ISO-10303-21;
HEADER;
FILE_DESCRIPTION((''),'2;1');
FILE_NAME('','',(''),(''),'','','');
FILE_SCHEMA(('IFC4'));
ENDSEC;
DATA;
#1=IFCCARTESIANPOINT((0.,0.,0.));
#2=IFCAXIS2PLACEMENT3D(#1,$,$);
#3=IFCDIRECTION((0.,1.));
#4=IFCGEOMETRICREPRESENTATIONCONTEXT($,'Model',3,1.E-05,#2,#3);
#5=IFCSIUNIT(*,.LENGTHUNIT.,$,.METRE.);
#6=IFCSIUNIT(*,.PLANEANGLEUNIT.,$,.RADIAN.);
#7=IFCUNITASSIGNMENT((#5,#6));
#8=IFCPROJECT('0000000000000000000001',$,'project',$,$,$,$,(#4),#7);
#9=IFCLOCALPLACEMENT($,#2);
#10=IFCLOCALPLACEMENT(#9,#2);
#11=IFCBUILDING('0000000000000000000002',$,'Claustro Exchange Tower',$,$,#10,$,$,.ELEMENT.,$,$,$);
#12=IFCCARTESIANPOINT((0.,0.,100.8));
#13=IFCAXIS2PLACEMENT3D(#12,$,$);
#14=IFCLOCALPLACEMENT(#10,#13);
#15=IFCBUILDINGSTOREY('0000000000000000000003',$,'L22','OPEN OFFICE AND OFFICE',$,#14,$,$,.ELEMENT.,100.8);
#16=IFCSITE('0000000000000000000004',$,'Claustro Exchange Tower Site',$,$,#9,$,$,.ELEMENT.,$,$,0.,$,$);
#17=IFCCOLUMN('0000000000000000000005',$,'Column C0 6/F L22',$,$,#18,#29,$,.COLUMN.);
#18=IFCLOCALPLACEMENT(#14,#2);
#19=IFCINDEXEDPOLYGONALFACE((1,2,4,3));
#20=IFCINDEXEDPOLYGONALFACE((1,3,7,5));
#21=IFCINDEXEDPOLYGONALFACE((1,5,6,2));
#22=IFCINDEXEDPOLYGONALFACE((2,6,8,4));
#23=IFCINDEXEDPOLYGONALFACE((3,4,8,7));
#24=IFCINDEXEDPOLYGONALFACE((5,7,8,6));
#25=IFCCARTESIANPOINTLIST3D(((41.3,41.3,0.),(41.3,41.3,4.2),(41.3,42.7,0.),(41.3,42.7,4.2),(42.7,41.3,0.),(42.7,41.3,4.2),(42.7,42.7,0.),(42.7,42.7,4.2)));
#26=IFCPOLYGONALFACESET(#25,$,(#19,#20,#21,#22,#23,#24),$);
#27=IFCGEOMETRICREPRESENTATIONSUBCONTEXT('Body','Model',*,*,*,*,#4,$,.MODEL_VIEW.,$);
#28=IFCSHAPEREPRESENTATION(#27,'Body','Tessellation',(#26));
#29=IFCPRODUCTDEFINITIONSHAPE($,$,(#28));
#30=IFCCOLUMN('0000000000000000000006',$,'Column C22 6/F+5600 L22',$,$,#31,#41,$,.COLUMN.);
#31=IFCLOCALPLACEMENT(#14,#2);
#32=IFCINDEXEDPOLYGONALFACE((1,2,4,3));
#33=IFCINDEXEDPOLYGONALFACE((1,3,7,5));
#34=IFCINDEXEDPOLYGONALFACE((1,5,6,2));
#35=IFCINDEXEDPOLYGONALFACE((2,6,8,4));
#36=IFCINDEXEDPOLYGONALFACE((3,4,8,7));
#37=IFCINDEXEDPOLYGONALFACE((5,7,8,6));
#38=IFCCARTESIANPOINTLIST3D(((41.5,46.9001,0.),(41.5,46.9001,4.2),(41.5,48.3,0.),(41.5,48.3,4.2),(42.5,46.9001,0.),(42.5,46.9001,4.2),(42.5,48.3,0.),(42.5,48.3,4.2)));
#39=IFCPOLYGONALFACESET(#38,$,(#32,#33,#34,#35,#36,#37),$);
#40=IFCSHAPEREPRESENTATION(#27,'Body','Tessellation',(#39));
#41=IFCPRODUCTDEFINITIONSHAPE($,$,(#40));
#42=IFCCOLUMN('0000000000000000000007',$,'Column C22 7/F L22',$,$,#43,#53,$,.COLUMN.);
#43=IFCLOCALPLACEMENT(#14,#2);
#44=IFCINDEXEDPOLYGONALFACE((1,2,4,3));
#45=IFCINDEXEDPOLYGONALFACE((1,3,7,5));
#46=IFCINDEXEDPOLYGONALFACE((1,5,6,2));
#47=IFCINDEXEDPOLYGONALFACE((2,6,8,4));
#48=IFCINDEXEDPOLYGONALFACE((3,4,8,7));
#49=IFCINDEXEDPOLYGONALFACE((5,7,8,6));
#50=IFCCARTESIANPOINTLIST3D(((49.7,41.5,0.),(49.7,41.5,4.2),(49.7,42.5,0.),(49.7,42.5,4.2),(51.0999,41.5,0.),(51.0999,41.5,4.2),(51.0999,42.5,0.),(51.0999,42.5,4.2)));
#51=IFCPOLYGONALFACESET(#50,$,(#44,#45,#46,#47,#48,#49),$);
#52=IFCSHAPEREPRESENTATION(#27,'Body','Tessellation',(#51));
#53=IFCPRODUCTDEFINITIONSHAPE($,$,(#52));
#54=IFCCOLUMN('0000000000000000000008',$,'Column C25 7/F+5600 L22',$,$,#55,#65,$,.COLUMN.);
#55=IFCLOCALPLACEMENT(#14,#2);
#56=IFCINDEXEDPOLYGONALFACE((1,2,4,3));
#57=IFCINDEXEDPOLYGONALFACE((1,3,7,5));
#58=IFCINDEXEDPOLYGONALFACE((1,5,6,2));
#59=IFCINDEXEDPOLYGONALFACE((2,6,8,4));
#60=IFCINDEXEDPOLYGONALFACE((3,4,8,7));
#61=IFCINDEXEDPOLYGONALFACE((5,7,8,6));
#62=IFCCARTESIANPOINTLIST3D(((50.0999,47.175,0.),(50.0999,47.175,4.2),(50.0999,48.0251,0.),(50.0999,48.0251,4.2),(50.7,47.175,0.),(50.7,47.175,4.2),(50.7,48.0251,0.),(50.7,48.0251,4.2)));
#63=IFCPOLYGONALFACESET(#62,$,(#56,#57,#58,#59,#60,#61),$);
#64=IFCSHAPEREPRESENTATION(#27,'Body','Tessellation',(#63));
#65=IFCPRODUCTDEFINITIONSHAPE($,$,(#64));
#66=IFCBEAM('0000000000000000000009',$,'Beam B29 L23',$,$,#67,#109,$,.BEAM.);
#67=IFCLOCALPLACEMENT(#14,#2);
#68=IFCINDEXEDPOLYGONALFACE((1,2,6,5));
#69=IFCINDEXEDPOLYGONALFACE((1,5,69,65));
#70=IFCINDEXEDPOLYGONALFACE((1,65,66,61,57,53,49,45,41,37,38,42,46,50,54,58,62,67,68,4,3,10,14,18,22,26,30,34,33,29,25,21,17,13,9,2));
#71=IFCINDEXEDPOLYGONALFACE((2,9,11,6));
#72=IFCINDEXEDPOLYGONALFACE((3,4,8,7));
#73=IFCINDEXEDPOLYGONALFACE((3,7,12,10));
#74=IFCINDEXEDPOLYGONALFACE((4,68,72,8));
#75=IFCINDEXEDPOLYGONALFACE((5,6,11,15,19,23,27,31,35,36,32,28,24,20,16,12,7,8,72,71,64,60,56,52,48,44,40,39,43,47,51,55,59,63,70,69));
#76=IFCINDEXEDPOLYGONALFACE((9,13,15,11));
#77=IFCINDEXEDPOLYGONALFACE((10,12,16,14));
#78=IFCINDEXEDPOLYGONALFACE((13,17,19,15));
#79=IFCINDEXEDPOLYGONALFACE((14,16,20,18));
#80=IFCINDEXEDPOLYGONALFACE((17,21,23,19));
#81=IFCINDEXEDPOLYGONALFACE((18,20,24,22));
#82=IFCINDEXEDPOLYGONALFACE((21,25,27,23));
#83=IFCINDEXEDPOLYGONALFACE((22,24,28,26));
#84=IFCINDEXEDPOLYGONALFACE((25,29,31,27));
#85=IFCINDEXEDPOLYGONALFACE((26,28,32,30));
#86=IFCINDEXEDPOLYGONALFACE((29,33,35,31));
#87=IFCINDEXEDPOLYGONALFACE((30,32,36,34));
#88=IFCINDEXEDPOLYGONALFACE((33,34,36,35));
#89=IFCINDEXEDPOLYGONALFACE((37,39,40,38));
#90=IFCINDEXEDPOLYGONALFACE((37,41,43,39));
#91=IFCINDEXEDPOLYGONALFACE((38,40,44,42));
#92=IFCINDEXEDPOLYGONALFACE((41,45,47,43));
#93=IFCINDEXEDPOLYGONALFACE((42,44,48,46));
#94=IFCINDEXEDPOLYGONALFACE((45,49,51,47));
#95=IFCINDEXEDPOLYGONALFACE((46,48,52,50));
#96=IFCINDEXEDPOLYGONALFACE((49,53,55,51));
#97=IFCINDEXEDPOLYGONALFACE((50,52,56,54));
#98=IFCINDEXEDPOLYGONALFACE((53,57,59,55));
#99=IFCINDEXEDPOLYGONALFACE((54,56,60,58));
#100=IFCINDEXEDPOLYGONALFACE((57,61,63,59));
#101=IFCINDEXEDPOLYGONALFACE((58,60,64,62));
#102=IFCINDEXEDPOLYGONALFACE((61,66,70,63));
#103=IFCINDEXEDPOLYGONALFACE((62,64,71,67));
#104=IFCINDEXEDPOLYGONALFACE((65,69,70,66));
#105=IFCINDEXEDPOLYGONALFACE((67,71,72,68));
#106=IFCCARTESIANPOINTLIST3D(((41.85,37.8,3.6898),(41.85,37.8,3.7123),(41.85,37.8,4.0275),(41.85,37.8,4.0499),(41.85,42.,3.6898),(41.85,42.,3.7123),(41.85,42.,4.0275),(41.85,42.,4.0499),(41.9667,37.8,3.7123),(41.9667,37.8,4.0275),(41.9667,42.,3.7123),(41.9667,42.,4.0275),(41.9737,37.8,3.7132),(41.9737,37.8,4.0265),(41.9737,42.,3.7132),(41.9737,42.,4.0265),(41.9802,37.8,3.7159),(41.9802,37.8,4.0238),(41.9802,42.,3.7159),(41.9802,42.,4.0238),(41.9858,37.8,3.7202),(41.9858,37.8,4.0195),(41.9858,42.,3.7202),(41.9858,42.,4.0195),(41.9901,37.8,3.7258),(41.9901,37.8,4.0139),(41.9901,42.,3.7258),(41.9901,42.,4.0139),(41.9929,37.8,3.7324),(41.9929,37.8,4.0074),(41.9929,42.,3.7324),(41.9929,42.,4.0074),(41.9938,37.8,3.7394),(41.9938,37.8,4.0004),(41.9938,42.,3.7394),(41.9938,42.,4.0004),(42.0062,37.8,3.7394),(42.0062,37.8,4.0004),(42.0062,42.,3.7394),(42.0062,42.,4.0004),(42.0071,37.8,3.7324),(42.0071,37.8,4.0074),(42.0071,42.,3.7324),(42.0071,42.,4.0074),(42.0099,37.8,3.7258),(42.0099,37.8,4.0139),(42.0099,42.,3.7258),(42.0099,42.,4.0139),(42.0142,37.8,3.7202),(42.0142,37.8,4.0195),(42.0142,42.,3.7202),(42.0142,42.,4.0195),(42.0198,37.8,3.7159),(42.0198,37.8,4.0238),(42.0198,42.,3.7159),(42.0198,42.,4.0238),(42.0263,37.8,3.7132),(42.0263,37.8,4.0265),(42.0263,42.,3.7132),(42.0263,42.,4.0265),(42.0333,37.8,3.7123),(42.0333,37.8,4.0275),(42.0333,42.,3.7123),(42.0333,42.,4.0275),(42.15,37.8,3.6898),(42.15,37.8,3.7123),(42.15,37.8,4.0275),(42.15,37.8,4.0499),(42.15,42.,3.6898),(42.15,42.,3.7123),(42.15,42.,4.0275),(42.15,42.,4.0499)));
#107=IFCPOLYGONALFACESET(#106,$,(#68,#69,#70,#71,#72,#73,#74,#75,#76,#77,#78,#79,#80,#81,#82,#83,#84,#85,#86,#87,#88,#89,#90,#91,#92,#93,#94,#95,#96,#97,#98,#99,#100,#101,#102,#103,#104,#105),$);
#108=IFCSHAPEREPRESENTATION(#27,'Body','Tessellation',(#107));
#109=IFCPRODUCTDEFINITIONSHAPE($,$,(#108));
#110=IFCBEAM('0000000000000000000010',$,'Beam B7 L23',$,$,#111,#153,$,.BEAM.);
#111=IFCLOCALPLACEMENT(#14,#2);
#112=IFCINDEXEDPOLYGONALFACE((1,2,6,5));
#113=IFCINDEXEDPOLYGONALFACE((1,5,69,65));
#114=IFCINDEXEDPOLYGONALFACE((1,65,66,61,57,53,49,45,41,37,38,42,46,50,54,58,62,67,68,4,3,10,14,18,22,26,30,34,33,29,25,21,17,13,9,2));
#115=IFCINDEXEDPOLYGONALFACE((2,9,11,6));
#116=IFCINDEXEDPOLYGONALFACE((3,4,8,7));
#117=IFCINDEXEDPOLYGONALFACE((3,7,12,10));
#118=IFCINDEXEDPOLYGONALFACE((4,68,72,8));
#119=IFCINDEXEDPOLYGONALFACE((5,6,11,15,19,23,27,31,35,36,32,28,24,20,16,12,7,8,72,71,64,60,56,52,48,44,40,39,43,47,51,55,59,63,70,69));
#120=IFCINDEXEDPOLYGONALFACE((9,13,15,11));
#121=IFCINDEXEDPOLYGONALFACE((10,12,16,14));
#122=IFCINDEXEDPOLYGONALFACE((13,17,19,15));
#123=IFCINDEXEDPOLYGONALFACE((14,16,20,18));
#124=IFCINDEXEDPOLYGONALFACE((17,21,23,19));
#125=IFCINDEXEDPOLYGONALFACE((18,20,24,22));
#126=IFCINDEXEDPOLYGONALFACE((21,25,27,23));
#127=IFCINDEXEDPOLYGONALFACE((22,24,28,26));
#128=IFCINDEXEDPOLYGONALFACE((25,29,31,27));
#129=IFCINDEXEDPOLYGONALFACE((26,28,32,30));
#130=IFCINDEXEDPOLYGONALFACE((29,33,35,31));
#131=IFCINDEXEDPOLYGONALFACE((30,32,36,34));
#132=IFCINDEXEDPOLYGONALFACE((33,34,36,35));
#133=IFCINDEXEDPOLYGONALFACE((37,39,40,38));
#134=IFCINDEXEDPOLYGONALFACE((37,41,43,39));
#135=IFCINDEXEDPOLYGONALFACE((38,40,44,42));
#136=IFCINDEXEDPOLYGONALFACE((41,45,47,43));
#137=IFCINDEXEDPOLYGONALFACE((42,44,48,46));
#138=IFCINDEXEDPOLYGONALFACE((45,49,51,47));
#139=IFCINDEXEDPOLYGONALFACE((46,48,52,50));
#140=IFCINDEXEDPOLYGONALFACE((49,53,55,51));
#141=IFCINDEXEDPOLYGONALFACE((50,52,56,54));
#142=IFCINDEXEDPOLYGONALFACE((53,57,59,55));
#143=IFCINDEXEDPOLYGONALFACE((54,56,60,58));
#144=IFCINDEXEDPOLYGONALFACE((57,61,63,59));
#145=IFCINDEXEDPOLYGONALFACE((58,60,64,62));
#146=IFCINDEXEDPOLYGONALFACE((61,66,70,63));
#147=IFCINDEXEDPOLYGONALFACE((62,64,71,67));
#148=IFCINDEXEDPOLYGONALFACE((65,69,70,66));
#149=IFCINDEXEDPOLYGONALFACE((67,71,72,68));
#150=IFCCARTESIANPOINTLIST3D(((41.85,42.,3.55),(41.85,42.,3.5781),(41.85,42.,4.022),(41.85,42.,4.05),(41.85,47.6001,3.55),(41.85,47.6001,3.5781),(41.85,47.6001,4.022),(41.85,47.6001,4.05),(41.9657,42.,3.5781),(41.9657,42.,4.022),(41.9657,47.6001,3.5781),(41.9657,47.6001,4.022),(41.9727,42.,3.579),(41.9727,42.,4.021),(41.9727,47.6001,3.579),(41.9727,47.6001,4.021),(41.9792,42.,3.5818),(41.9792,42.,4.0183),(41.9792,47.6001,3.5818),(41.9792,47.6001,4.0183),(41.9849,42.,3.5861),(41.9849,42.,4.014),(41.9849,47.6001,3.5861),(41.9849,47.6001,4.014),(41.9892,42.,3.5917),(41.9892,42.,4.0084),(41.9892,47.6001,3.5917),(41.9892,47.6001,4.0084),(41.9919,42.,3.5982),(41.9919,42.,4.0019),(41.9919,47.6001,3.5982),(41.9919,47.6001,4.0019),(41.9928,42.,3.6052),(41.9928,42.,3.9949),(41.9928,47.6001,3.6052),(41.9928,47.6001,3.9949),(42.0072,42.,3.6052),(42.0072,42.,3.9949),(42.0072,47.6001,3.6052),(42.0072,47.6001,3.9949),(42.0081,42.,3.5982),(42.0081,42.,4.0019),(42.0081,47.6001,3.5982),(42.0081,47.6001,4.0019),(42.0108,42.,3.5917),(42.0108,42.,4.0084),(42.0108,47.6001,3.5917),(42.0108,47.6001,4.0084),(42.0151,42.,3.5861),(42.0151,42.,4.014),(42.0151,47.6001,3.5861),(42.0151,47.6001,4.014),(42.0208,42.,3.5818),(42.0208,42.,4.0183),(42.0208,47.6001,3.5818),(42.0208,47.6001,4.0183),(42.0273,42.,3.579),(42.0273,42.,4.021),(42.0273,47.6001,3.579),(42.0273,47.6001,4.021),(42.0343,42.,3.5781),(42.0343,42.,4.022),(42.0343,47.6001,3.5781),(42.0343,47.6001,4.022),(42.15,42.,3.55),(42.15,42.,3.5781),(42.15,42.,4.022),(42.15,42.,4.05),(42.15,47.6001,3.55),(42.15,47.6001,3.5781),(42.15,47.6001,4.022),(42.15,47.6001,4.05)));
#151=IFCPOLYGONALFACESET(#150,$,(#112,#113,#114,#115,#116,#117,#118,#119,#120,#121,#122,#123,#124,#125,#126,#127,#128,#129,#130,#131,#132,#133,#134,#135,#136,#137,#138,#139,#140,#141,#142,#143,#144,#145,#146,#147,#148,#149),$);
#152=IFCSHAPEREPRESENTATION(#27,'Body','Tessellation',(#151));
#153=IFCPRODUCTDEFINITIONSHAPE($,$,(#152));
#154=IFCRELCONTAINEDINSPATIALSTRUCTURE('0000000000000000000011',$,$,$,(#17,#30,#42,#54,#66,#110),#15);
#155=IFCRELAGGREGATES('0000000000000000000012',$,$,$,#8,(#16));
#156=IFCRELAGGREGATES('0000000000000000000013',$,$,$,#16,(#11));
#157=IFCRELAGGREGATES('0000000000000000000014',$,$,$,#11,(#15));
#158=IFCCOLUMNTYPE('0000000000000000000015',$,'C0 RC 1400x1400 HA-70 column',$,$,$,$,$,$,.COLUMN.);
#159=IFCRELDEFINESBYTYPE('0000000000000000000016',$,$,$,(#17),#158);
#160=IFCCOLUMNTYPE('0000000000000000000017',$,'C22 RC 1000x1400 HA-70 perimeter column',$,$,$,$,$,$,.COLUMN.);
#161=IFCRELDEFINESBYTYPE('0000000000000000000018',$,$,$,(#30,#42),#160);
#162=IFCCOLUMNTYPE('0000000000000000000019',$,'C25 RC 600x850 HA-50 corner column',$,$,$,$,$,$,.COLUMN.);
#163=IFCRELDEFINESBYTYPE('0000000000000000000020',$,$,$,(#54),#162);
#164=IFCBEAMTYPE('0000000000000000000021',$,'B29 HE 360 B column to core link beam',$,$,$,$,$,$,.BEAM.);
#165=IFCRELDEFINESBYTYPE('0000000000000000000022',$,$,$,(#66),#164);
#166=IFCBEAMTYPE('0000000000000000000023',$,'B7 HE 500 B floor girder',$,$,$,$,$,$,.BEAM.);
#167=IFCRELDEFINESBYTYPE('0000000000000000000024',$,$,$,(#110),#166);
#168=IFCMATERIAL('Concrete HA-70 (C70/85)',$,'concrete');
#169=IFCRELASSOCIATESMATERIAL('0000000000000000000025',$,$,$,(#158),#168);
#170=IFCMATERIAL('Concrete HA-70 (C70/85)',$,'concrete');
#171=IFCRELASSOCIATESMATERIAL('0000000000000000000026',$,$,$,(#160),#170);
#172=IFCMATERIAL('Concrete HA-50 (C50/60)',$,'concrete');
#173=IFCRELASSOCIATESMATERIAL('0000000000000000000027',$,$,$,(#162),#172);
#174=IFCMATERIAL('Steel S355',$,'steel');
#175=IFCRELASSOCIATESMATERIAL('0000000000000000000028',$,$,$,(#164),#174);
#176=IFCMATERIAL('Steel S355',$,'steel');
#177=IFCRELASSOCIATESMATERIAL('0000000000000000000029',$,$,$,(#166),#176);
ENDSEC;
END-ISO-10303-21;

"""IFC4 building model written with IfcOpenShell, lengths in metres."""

from ifc_helpers import new_model, si_unit, direction, frame, origin, origin_2d, place, context, subcontext, project, spatial, rectangle, i_section, extrude, material, material_profile, profile_set, type_object, element, save


model = new_model("IFC4")

# Units and contexts
model_context = context("Model", 3, precision=1e-05, world=origin(), true_north=direction((0.0, 1.0)))
body_context = subcontext(model_context, "Body", "Model", "MODEL_VIEW")
ifc_project = project(units=[si_unit("LENGTHUNIT", "METRE"), si_unit("PLANEANGLEUNIT", "RADIAN")], contexts=[model_context])

# Site, building, storey
site_placement = place(None, origin())
site = spatial("IfcSite", under=ifc_project, at=site_placement, Name="Claustro Exchange Tower Site", CompositionType="ELEMENT", RefElevation=0.0)
building_placement = place(site_placement, origin())
building = spatial("IfcBuilding", under=site, at=building_placement, Name="Claustro Exchange Tower", CompositionType="ELEMENT")
storey_placement = place(building_placement, frame((0.0, 0.0, 100.8)))
storey = spatial("IfcBuildingStorey", under=building, at=storey_placement, Name="L22", Description="OPEN OFFICE AND OFFICE", CompositionType="ELEMENT", Elevation=100.8)

# Columns
ifc_material_1 = material(Name="Concrete HA-70 (C70/85)", Category="concrete")
ifc_material_profile_1 = material_profile(ifc_material_1, rectangle(XDim=1.3999, YDim=1.3999, at=origin_2d()), Name="RC 1400x1400")
ifc_profile_set_1 = profile_set([ifc_material_profile_1], Name="Concrete HA-70 (C70/85)")
column_type_1 = type_object("IfcColumnType", Name="C0 RC 1400x1400 HA-70 column", PredefinedType="COLUMN", material=ifc_profile_set_1)
column_1_placement = place(storey_placement, frame((42.0, 42.0, 0.0), z_axis=(0.0, 0.0, 1.0), x_axis=(1.0, 0.0, 0.0)))
element("IfcColumn", 1, at=column_1_placement, inside=storey, type_object=column_type_1, Name="Column C0 6/F L22", PredefinedType="COLUMN", context=body_context, shape_type="SweptSolid", body=[
    extrude(rectangle(XDim=1.3999, YDim=1.3999, at=origin_2d()), origin(), (0.0, 0.0, 1.0), 4.2),
])
ifc_material_2 = material(Name="Concrete HA-70 (C70/85)", Category="concrete")
ifc_material_profile_2 = material_profile(ifc_material_2, rectangle(XDim=1.0, YDim=1.3999, at=origin_2d()), Name="RC 1000x1400")
ifc_profile_set_2 = profile_set([ifc_material_profile_2], Name="Concrete HA-70 (C70/85)")
column_type_2 = type_object("IfcColumnType", Name="C22 RC 1000x1400 HA-70 perimeter column", PredefinedType="COLUMN", material=ifc_profile_set_2)
for number, where, z_axis, x_axis, name in (
    (2, (42.0, 47.6001, 0.0), (0.0, 0.0, 1.0), (1.0, 0.0, 0.0), "Column C22 6/F+5600 L22"),
    (3, (50.3999, 42.0, 0.0), (0.0, 0.0, 1.0), (0.0, 1.0, 0.0), "Column C22 7/F L22"),
):
    element("IfcColumn", number, at=place(storey_placement, frame(where, z_axis=z_axis, x_axis=x_axis)), inside=storey, type_object=column_type_2, Name=name, PredefinedType="COLUMN", context=body_context, shape_type="SweptSolid", body=[
        extrude(rectangle(XDim=1.0, YDim=1.3999, at=origin_2d()), origin(), (0.0, 0.0, 1.0), 4.2),
    ])
ifc_material_3 = material(Name="Concrete HA-50 (C50/60)", Category="concrete")
ifc_material_profile_3 = material_profile(ifc_material_3, rectangle(XDim=0.6001, YDim=0.8501, at=origin_2d()), Name="RC 600x850")
ifc_profile_set_3 = profile_set([ifc_material_profile_3], Name="Concrete HA-50 (C50/60)")
column_type_3 = type_object("IfcColumnType", Name="C25 RC 600x850 HA-50 corner column", PredefinedType="COLUMN", material=ifc_profile_set_3)
column_2_placement = place(storey_placement, frame((50.3999, 47.6001, 0.0), z_axis=(0.0, 0.0, 1.0), x_axis=(1.0, 0.0, 0.0)))
element("IfcColumn", 4, at=column_2_placement, inside=storey, type_object=column_type_3, Name="Column C25 7/F+5600 L22", PredefinedType="COLUMN", context=body_context, shape_type="SweptSolid", body=[
    extrude(rectangle(XDim=0.6001, YDim=0.8501, at=origin_2d()), origin(), (0.0, 0.0, 1.0), 4.2),
])

# Beams
ifc_material_4 = material(Name="Steel S355", Category="steel")
ifc_material_profile_4 = material_profile(ifc_material_4, i_section(OverallWidth=0.3, OverallDepth=0.3601, WebThickness=0.0125, FlangeThickness=0.0225, FilletRadius=0.0271, at=origin_2d()), Name="HE 360 B")
ifc_profile_set_4 = profile_set([ifc_material_profile_4], Name="Steel S355")
beam_type_1 = type_object("IfcBeamType", Name="B29 HE 360 B column to core link beam", PredefinedType="BEAM", material=ifc_profile_set_4)
beam_1_placement = place(storey_placement, frame((42.0, 37.8, 3.8699), z_axis=(0.0, 1.0, 0.0), x_axis=(-1.0, 0.0, 0.0)))
element("IfcBeam", 5, at=beam_1_placement, inside=storey, type_object=beam_type_1, Name="Beam B29 L23", PredefinedType="BEAM", context=body_context, shape_type="SweptSolid", body=[
    extrude(i_section(OverallWidth=0.3, OverallDepth=0.3601, WebThickness=0.0125, FlangeThickness=0.0225, FilletRadius=0.0271, at=origin_2d()), origin(), (0.0, 0.0, 1.0), 4.2),
])
ifc_material_5 = material(Name="Steel S355", Category="steel")
ifc_material_profile_5 = material_profile(ifc_material_5, i_section(OverallWidth=0.3, OverallDepth=0.5, WebThickness=0.0144, FlangeThickness=0.0281, FilletRadius=0.0271, at=origin_2d()), Name="HE 500 B")
ifc_profile_set_5 = profile_set([ifc_material_profile_5], Name="Steel S355")
beam_type_2 = type_object("IfcBeamType", Name="B7 HE 500 B floor girder", PredefinedType="BEAM", material=ifc_profile_set_5)
beam_2_placement = place(storey_placement, frame((42.0, 42.0, 3.8), z_axis=(0.0, 1.0, 0.0), x_axis=(-1.0, 0.0, 0.0)))
element("IfcBeam", 6, at=beam_2_placement, inside=storey, type_object=beam_type_2, Name="Beam B7 L23", PredefinedType="BEAM", context=body_context, shape_type="SweptSolid", body=[
    extrude(i_section(OverallWidth=0.3, OverallDepth=0.5, WebThickness=0.0144, FlangeThickness=0.0281, FilletRadius=0.0271, at=origin_2d()), origin(), (0.0, 0.0, 1.0), 5.6001),
])

save(model, "model.ifc")
